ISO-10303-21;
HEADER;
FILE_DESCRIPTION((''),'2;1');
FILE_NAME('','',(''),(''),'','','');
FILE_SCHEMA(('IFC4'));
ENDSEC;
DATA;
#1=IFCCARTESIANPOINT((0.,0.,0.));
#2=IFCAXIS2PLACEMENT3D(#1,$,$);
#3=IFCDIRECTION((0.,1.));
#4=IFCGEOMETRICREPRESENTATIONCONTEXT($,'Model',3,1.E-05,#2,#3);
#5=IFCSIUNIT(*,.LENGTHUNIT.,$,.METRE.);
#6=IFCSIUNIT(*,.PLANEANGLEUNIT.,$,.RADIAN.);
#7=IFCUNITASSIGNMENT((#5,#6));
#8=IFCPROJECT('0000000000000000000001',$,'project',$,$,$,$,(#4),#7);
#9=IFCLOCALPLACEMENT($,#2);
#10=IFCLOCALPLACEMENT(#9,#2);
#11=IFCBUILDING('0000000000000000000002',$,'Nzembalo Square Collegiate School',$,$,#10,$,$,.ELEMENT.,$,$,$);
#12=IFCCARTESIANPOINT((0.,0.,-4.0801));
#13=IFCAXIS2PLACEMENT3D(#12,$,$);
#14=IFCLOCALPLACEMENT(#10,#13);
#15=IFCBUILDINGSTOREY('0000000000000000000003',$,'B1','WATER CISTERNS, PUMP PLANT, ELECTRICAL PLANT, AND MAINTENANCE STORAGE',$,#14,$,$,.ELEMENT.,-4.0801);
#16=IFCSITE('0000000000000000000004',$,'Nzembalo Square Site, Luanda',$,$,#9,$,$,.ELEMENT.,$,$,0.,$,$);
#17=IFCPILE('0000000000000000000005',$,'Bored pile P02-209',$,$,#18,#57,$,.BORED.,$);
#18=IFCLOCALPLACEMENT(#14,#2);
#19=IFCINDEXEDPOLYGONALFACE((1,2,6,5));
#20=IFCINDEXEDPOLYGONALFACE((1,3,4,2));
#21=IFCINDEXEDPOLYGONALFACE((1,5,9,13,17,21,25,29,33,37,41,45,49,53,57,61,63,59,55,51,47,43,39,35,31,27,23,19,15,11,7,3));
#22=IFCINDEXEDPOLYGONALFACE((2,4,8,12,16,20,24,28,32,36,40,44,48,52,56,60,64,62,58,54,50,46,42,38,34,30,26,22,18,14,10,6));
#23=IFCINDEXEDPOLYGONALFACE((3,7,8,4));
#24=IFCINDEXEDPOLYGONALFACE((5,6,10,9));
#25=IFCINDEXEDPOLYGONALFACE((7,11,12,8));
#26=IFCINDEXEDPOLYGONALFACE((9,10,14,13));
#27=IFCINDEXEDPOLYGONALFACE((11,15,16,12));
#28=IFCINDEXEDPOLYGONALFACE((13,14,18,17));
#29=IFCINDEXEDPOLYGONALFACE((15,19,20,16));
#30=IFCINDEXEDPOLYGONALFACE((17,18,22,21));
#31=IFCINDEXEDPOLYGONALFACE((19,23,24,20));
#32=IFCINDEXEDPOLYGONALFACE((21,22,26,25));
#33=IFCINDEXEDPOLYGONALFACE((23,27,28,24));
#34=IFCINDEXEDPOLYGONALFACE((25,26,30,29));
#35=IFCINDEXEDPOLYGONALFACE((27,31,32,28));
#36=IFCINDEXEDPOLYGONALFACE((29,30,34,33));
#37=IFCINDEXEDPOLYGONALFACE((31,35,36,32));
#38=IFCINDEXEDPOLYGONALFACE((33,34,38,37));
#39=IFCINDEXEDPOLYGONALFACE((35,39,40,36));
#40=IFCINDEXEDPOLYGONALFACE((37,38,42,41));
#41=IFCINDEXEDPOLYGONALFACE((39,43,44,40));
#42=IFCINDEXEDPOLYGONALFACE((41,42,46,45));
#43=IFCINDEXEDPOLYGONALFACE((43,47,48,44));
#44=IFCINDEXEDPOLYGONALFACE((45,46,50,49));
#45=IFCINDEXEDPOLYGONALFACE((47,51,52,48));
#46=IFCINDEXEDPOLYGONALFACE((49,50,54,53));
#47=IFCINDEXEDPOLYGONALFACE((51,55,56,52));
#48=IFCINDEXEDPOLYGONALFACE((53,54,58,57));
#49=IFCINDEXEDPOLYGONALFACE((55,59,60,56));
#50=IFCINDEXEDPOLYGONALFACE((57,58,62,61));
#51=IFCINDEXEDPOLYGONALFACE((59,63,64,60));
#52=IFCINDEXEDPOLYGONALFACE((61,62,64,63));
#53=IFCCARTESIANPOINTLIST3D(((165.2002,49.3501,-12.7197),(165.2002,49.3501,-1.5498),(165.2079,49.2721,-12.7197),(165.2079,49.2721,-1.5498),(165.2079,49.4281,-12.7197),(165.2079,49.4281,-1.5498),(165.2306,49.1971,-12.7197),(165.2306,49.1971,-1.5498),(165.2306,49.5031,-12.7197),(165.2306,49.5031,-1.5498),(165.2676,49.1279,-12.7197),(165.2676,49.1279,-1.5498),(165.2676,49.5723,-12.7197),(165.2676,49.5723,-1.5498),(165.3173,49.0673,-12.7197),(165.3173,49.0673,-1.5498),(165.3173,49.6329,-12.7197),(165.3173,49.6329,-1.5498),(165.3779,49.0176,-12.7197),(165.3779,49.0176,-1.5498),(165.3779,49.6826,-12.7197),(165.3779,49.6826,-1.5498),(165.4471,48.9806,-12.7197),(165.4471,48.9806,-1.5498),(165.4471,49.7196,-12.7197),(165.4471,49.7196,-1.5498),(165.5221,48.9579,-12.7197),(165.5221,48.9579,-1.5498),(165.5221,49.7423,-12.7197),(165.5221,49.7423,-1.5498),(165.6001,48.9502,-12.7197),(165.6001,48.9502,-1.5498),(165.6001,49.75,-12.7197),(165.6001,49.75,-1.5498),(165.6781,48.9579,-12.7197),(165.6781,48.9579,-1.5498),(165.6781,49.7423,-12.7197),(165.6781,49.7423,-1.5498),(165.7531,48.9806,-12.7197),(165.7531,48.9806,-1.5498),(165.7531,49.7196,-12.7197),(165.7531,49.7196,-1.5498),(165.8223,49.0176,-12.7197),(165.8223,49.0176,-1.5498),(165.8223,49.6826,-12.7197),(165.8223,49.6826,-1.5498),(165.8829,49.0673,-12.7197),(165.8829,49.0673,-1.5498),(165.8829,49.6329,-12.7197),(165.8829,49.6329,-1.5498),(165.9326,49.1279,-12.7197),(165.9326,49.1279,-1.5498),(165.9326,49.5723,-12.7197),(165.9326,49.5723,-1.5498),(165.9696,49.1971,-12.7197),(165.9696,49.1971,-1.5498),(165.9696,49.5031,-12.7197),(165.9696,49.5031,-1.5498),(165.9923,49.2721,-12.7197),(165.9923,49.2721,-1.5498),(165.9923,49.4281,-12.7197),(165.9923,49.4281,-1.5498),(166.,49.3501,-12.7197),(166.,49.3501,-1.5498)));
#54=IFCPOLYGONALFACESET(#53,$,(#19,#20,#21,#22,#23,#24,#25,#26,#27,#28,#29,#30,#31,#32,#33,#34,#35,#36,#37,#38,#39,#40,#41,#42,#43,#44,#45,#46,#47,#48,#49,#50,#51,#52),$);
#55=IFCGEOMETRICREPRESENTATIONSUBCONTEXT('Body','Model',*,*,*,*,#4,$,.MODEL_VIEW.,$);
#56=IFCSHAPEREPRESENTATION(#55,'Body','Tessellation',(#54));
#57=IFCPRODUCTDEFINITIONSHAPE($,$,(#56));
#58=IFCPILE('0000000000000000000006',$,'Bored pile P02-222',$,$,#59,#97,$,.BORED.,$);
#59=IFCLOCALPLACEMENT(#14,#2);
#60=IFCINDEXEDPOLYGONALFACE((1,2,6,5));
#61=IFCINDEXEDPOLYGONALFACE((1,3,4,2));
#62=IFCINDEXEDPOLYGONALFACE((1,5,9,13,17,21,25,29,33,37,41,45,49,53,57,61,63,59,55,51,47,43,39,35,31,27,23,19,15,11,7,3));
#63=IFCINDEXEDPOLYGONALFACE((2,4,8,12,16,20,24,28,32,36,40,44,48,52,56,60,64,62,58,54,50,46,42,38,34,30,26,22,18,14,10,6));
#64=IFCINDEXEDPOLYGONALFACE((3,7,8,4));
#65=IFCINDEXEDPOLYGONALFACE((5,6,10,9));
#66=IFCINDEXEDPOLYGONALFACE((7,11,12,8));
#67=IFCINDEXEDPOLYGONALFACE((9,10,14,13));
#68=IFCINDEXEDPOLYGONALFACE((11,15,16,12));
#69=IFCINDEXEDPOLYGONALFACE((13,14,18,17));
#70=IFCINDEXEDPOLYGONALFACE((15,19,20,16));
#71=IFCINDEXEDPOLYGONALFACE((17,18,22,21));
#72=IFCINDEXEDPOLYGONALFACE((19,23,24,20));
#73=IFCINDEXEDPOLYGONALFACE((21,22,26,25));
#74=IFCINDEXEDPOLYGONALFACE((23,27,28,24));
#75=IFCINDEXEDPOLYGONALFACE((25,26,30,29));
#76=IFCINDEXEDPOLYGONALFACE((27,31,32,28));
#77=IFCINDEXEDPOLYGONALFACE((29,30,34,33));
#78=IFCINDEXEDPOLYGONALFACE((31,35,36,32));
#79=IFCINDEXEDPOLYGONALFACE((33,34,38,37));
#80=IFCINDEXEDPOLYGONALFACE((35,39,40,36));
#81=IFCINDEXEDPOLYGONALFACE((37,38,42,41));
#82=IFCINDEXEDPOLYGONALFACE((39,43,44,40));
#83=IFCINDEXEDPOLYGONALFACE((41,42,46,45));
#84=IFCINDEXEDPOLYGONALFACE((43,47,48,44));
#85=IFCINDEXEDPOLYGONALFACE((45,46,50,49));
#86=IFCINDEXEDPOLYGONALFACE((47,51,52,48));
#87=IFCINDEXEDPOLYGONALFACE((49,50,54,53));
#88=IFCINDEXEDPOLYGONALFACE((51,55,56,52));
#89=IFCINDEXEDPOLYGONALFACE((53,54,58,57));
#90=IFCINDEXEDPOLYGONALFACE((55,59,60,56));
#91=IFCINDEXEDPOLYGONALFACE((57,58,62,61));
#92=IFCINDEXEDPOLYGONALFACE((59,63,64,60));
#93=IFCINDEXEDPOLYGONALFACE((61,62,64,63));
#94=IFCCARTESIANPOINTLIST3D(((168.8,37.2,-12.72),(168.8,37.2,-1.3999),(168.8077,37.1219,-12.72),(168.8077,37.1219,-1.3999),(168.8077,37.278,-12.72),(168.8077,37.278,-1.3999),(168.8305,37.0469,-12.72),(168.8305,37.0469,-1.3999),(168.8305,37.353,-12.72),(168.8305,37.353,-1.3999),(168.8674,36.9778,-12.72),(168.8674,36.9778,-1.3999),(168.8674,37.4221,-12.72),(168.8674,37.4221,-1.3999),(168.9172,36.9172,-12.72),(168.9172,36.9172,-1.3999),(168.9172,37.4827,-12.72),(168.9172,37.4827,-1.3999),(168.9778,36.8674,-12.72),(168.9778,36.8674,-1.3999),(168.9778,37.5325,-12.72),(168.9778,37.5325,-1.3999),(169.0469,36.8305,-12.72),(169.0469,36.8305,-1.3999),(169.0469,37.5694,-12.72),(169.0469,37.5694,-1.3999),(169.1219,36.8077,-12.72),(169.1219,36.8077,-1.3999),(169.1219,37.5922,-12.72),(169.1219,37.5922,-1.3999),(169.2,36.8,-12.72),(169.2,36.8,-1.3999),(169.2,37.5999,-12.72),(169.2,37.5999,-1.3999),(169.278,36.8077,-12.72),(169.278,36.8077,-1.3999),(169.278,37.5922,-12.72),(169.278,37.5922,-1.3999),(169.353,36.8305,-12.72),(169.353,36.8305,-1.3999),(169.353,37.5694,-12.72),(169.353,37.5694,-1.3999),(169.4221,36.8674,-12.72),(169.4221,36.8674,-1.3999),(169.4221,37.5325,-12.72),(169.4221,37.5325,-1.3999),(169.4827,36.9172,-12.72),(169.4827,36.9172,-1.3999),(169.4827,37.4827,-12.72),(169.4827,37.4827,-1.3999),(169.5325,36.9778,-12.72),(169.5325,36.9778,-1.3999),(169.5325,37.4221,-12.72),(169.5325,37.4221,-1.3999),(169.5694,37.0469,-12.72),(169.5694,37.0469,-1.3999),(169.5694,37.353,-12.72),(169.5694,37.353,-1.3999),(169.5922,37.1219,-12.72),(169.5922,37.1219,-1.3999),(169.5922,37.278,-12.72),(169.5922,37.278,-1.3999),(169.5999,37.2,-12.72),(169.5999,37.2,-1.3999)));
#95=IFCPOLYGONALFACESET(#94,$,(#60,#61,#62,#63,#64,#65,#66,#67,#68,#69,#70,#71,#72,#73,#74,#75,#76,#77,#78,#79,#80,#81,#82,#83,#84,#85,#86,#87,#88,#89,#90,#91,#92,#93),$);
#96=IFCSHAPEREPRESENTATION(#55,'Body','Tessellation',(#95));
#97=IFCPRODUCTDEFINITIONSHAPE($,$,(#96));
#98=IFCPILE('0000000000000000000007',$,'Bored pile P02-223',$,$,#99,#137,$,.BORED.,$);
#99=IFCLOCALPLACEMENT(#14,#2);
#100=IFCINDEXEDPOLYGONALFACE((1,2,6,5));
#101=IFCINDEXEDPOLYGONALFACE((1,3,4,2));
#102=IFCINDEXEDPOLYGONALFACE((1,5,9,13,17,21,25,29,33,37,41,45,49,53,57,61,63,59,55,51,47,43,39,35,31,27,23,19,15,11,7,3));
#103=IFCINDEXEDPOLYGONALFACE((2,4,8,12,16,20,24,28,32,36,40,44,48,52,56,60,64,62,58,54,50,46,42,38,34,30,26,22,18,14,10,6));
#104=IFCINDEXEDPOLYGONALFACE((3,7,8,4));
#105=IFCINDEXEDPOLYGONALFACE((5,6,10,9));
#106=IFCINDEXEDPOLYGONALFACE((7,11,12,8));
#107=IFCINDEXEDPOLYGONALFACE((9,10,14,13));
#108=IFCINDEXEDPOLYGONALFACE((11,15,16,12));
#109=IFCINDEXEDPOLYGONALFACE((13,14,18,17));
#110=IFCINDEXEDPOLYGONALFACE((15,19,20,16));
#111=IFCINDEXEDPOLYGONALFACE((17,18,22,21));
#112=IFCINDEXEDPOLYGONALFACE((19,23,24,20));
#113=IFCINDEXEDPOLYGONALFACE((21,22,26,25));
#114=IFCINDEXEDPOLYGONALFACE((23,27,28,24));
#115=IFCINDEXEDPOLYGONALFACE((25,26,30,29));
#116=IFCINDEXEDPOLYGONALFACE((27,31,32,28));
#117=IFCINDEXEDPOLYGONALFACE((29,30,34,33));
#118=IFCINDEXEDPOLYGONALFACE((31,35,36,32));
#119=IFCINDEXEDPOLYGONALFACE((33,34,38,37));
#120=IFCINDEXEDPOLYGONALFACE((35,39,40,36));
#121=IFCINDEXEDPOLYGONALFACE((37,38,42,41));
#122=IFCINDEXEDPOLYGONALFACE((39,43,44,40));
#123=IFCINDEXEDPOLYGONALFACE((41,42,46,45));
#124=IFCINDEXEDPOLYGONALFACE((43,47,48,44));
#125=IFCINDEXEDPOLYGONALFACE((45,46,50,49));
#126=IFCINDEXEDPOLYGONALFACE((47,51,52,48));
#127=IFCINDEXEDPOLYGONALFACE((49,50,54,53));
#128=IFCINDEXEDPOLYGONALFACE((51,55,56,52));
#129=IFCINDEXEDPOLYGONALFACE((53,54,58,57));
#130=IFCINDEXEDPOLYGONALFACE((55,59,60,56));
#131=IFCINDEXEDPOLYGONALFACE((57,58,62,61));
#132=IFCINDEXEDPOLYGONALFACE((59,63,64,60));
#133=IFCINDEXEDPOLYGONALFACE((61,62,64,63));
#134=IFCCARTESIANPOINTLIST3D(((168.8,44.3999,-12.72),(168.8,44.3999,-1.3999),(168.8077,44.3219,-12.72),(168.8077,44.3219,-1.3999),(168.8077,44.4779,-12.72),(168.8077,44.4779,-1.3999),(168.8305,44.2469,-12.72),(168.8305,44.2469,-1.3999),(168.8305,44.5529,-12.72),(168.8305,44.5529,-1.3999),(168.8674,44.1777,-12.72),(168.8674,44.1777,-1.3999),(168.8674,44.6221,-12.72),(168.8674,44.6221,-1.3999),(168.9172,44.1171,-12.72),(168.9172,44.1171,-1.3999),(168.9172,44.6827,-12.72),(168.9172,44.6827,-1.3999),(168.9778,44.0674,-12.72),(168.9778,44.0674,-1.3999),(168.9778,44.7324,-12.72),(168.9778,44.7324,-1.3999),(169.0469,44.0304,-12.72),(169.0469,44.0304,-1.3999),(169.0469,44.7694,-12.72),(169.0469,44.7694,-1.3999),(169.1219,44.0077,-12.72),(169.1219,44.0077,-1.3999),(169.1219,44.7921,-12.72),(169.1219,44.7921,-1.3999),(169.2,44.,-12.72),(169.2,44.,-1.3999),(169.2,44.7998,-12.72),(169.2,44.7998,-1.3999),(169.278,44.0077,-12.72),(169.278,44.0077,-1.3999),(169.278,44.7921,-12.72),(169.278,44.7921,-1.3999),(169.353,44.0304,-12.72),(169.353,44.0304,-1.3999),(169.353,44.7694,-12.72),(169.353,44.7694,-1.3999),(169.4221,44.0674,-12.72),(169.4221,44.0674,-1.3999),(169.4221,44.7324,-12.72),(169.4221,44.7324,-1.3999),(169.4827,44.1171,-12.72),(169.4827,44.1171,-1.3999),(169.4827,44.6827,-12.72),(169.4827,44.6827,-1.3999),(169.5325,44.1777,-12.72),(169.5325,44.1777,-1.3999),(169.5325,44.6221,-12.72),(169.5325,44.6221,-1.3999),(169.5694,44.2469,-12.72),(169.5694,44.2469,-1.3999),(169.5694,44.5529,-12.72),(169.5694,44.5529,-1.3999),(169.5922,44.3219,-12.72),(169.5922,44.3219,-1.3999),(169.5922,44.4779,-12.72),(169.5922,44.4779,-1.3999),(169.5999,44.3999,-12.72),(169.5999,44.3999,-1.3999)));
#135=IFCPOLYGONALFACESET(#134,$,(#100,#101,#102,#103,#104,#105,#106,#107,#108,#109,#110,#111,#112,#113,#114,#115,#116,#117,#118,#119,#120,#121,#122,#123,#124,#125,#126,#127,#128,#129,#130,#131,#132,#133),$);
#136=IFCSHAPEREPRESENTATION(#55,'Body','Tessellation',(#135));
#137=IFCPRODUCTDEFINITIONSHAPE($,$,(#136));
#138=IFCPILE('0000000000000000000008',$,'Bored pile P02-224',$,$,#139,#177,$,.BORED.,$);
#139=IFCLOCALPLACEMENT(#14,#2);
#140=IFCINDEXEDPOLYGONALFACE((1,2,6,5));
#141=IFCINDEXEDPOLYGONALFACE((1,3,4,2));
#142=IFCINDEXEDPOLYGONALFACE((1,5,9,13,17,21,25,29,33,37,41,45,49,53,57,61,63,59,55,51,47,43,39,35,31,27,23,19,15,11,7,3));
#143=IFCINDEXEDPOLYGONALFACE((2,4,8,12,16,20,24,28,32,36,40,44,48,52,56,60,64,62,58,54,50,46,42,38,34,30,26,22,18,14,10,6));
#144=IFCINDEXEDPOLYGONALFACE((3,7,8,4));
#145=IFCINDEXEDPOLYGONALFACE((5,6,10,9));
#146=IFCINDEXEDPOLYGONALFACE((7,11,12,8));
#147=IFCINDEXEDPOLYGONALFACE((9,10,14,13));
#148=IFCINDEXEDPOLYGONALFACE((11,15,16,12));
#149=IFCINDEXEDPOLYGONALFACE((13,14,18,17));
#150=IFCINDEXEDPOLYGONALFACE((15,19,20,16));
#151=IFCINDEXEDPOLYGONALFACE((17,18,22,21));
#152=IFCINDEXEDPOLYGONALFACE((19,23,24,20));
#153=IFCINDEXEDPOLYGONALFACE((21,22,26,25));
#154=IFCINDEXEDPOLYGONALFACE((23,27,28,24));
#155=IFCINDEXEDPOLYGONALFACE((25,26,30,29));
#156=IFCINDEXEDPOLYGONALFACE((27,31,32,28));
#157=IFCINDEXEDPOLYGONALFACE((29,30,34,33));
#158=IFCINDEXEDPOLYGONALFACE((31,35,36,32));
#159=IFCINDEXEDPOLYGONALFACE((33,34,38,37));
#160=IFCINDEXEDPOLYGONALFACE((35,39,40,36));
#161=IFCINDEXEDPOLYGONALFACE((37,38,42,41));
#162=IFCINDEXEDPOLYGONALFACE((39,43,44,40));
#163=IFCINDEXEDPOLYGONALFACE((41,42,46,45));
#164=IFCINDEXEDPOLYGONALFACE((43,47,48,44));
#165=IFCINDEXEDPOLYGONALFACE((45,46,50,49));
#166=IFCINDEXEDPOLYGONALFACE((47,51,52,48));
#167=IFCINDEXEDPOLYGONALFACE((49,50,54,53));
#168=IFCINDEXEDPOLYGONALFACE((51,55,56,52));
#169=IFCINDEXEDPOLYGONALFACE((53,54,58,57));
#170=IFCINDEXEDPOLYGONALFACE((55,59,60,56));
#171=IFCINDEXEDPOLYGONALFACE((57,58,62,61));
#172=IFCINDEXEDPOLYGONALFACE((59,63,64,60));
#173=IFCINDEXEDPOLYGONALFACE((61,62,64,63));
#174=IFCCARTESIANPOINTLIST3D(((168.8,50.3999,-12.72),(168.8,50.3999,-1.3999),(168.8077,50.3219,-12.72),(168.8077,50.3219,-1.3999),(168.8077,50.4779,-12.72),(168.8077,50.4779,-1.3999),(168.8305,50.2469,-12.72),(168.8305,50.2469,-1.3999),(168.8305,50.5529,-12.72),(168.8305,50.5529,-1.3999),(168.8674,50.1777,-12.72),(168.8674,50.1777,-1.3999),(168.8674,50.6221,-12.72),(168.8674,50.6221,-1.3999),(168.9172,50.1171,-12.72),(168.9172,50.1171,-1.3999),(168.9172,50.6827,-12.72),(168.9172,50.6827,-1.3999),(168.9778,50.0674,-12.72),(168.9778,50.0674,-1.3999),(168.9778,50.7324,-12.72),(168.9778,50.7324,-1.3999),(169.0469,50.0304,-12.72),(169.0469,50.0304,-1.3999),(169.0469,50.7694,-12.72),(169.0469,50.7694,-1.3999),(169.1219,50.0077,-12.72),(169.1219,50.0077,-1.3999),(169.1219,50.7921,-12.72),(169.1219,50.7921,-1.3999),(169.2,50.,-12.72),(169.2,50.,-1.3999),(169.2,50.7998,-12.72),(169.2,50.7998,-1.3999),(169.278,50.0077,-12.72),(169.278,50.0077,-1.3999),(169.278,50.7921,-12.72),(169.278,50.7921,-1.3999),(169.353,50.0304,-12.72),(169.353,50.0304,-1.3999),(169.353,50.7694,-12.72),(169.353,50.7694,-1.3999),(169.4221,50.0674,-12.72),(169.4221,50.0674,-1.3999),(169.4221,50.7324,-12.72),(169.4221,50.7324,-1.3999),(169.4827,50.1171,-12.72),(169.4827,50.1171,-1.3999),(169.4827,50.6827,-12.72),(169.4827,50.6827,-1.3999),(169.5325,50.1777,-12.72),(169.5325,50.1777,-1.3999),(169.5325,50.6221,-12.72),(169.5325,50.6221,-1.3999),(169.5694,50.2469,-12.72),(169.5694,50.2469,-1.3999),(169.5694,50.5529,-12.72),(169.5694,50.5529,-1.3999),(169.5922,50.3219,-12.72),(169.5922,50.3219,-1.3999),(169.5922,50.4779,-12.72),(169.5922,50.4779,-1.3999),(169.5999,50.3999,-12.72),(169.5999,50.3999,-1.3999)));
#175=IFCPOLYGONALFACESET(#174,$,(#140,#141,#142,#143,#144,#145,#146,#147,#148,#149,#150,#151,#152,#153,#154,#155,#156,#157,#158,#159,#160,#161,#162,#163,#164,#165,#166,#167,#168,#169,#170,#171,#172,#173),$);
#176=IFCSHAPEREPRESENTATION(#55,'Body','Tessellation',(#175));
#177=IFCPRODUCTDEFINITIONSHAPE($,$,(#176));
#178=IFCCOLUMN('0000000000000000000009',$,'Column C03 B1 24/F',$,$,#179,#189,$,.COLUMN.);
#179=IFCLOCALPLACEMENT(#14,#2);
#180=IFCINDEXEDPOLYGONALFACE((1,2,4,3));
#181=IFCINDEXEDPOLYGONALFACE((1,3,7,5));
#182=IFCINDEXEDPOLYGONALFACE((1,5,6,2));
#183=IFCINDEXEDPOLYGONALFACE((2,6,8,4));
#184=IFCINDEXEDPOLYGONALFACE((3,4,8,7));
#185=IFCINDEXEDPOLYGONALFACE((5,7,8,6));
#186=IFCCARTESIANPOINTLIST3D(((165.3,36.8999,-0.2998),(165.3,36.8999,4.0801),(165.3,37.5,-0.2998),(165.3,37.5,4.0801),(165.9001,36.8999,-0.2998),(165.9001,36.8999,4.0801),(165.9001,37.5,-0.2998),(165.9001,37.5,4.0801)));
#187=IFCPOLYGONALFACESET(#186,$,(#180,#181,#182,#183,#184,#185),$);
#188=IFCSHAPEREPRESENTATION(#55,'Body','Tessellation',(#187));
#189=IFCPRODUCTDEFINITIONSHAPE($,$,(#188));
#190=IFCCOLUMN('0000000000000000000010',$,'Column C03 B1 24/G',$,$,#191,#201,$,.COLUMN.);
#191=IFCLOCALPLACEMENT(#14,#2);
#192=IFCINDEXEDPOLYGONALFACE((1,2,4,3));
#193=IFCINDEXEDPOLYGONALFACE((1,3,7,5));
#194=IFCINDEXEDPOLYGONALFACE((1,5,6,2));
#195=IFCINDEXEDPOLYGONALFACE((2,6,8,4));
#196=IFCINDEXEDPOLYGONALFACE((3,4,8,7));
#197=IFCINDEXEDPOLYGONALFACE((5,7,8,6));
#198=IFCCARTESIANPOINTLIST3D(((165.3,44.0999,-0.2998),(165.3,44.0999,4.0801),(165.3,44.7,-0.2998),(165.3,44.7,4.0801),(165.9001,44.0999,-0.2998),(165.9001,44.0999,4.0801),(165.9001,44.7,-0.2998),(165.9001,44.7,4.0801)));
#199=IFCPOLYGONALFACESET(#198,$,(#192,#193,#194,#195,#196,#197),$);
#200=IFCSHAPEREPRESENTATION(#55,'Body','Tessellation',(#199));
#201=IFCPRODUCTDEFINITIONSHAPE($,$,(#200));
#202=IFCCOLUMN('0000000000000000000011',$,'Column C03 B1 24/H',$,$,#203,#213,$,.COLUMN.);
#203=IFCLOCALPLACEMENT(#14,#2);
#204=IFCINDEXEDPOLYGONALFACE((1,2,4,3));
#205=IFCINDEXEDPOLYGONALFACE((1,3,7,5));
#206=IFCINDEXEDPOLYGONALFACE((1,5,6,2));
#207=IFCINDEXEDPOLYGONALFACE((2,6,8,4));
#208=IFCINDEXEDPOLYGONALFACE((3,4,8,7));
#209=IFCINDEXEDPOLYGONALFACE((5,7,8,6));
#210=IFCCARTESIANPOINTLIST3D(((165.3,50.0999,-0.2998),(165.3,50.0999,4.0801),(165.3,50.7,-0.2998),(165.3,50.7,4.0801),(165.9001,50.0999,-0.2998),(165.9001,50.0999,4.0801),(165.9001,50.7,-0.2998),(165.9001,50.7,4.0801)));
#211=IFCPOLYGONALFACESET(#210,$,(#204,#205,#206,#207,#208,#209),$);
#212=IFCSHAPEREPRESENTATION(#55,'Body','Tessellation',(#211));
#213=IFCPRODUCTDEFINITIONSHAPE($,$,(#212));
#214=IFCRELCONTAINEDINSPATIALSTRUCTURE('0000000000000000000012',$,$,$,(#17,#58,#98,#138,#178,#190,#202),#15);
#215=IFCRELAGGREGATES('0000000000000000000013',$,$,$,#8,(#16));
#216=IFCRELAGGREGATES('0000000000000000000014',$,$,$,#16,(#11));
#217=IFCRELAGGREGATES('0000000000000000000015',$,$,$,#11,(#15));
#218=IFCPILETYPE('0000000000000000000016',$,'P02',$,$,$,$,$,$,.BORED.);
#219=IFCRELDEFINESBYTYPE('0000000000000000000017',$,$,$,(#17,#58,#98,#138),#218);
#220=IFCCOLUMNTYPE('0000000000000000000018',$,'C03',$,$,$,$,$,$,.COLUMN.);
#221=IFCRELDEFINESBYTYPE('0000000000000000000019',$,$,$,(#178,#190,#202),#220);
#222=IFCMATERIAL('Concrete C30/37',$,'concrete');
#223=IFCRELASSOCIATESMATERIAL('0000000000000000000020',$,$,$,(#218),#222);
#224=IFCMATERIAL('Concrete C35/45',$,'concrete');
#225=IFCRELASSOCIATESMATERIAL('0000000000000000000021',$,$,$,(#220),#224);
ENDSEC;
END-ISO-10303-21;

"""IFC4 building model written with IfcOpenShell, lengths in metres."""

from ifc_helpers import new_model, si_unit, direction, frame, origin, origin_2d, place, context, subcontext, project, spatial, rectangle, circle, extrude, material, material_profile, profile_set, type_object, element, save


model = new_model("IFC4")

# Units and contexts
model_context = context("Model", 3, precision=1e-05, world=origin(), true_north=direction((0.0, 1.0)))
body_context = subcontext(model_context, "Body", "Model", "MODEL_VIEW")
ifc_project = project(units=[si_unit("LENGTHUNIT", "METRE"), si_unit("PLANEANGLEUNIT", "RADIAN")], contexts=[model_context])

# Site, building, storey
site_placement = place(None, origin())
site = spatial("IfcSite", under=ifc_project, at=site_placement, Name="Nzembalo Square Site, Luanda", CompositionType="ELEMENT", RefElevation=0.0)
building_placement = place(site_placement, origin())
building = spatial("IfcBuilding", under=site, at=building_placement, Name="Nzembalo Square Collegiate School", CompositionType="ELEMENT")
storey_placement = place(building_placement, frame((0.0, 0.0, -4.0801)))
storey = spatial("IfcBuildingStorey", under=building, at=storey_placement, Name="B1", Description="WATER CISTERNS, PUMP PLANT, ELECTRICAL PLANT, AND MAINTENANCE STORAGE", CompositionType="ELEMENT", Elevation=-4.0801)

# Piles
ifc_material_1 = material(Name="Concrete C30/37", Category="concrete")
ifc_material_profile_1 = material_profile(ifc_material_1, circle(Radius=0.3999, at=origin_2d()), Name="PILE D800")
ifc_profile_set_1 = profile_set([ifc_material_profile_1], Name="Concrete C30/37")
pile_type = type_object("IfcPileType", Name="P02", PredefinedType="BORED", material=ifc_profile_set_1)
for number, where, z_axis, x_axis, name in (
    (1, (165.6001, 49.3501, -1.5498), (0.0, 0.0, -1.0), (1.0, 0.0, 0.0), "Bored pile P02-209"),
):
    element("IfcPile", number, at=place(storey_placement, frame(where, z_axis=z_axis, x_axis=x_axis)), inside=storey, type_object=pile_type, Name=name, PredefinedType="BORED", context=body_context, shape_type="SweptSolid", body=[
        extrude(circle(Radius=0.3999, at=origin_2d()), origin(), (0.0, 0.0, 1.0), 11.1699),
    ])
for number, where, z_axis, x_axis, name in (
    (2, (169.2, 37.2, -1.3999), (0.0, 0.0, -1.0), (1.0, 0.0, 0.0), "Bored pile P02-222"),
    (3, (169.2, 44.3999, -1.3999), (0.0, 0.0, -1.0), (1.0, 0.0, 0.0), "Bored pile P02-223"),
    (4, (169.2, 50.3999, -1.3999), (0.0, 0.0, -1.0), (1.0, 0.0, 0.0), "Bored pile P02-224"),
):
    element("IfcPile", number, at=place(storey_placement, frame(where, z_axis=z_axis, x_axis=x_axis)), inside=storey, type_object=pile_type, Name=name, PredefinedType="BORED", context=body_context, shape_type="SweptSolid", body=[
        extrude(circle(Radius=0.3999, at=origin_2d()), origin(), (0.0, 0.0, 1.0), 11.3201),
    ])

# Columns
ifc_material_2 = material(Name="Concrete C35/45", Category="concrete")
ifc_material_profile_2 = material_profile(ifc_material_2, rectangle(XDim=0.6001, YDim=0.6001, at=origin_2d()), Name="RC 600x600")
ifc_profile_set_2 = profile_set([ifc_material_profile_2], Name="Concrete C35/45")
column_type = type_object("IfcColumnType", Name="C03", PredefinedType="COLUMN", material=ifc_profile_set_2)
for number, where, z_axis, x_axis, name in (
    (5, (165.6001, 37.2, -0.2998), (0.0, 0.0, 1.0), (1.0, 0.0, 0.0), "Column C03 B1 24/F"),
    (6, (165.6001, 44.3999, -0.2998), (0.0, 0.0, 1.0), (1.0, 0.0, 0.0), "Column C03 B1 24/G"),
    (7, (165.6001, 50.3999, -0.2998), (0.0, 0.0, 1.0), (1.0, 0.0, 0.0), "Column C03 B1 24/H"),
):
    element("IfcColumn", number, at=place(storey_placement, frame(where, z_axis=z_axis, x_axis=x_axis)), inside=storey, type_object=column_type, Name=name, PredefinedType="COLUMN", context=body_context, shape_type="SweptSolid", body=[
        extrude(rectangle(XDim=0.6001, YDim=0.6001, at=origin_2d()), origin(), (0.0, 0.0, 1.0), 4.3799),
    ])

save(model, "model.ifc")
